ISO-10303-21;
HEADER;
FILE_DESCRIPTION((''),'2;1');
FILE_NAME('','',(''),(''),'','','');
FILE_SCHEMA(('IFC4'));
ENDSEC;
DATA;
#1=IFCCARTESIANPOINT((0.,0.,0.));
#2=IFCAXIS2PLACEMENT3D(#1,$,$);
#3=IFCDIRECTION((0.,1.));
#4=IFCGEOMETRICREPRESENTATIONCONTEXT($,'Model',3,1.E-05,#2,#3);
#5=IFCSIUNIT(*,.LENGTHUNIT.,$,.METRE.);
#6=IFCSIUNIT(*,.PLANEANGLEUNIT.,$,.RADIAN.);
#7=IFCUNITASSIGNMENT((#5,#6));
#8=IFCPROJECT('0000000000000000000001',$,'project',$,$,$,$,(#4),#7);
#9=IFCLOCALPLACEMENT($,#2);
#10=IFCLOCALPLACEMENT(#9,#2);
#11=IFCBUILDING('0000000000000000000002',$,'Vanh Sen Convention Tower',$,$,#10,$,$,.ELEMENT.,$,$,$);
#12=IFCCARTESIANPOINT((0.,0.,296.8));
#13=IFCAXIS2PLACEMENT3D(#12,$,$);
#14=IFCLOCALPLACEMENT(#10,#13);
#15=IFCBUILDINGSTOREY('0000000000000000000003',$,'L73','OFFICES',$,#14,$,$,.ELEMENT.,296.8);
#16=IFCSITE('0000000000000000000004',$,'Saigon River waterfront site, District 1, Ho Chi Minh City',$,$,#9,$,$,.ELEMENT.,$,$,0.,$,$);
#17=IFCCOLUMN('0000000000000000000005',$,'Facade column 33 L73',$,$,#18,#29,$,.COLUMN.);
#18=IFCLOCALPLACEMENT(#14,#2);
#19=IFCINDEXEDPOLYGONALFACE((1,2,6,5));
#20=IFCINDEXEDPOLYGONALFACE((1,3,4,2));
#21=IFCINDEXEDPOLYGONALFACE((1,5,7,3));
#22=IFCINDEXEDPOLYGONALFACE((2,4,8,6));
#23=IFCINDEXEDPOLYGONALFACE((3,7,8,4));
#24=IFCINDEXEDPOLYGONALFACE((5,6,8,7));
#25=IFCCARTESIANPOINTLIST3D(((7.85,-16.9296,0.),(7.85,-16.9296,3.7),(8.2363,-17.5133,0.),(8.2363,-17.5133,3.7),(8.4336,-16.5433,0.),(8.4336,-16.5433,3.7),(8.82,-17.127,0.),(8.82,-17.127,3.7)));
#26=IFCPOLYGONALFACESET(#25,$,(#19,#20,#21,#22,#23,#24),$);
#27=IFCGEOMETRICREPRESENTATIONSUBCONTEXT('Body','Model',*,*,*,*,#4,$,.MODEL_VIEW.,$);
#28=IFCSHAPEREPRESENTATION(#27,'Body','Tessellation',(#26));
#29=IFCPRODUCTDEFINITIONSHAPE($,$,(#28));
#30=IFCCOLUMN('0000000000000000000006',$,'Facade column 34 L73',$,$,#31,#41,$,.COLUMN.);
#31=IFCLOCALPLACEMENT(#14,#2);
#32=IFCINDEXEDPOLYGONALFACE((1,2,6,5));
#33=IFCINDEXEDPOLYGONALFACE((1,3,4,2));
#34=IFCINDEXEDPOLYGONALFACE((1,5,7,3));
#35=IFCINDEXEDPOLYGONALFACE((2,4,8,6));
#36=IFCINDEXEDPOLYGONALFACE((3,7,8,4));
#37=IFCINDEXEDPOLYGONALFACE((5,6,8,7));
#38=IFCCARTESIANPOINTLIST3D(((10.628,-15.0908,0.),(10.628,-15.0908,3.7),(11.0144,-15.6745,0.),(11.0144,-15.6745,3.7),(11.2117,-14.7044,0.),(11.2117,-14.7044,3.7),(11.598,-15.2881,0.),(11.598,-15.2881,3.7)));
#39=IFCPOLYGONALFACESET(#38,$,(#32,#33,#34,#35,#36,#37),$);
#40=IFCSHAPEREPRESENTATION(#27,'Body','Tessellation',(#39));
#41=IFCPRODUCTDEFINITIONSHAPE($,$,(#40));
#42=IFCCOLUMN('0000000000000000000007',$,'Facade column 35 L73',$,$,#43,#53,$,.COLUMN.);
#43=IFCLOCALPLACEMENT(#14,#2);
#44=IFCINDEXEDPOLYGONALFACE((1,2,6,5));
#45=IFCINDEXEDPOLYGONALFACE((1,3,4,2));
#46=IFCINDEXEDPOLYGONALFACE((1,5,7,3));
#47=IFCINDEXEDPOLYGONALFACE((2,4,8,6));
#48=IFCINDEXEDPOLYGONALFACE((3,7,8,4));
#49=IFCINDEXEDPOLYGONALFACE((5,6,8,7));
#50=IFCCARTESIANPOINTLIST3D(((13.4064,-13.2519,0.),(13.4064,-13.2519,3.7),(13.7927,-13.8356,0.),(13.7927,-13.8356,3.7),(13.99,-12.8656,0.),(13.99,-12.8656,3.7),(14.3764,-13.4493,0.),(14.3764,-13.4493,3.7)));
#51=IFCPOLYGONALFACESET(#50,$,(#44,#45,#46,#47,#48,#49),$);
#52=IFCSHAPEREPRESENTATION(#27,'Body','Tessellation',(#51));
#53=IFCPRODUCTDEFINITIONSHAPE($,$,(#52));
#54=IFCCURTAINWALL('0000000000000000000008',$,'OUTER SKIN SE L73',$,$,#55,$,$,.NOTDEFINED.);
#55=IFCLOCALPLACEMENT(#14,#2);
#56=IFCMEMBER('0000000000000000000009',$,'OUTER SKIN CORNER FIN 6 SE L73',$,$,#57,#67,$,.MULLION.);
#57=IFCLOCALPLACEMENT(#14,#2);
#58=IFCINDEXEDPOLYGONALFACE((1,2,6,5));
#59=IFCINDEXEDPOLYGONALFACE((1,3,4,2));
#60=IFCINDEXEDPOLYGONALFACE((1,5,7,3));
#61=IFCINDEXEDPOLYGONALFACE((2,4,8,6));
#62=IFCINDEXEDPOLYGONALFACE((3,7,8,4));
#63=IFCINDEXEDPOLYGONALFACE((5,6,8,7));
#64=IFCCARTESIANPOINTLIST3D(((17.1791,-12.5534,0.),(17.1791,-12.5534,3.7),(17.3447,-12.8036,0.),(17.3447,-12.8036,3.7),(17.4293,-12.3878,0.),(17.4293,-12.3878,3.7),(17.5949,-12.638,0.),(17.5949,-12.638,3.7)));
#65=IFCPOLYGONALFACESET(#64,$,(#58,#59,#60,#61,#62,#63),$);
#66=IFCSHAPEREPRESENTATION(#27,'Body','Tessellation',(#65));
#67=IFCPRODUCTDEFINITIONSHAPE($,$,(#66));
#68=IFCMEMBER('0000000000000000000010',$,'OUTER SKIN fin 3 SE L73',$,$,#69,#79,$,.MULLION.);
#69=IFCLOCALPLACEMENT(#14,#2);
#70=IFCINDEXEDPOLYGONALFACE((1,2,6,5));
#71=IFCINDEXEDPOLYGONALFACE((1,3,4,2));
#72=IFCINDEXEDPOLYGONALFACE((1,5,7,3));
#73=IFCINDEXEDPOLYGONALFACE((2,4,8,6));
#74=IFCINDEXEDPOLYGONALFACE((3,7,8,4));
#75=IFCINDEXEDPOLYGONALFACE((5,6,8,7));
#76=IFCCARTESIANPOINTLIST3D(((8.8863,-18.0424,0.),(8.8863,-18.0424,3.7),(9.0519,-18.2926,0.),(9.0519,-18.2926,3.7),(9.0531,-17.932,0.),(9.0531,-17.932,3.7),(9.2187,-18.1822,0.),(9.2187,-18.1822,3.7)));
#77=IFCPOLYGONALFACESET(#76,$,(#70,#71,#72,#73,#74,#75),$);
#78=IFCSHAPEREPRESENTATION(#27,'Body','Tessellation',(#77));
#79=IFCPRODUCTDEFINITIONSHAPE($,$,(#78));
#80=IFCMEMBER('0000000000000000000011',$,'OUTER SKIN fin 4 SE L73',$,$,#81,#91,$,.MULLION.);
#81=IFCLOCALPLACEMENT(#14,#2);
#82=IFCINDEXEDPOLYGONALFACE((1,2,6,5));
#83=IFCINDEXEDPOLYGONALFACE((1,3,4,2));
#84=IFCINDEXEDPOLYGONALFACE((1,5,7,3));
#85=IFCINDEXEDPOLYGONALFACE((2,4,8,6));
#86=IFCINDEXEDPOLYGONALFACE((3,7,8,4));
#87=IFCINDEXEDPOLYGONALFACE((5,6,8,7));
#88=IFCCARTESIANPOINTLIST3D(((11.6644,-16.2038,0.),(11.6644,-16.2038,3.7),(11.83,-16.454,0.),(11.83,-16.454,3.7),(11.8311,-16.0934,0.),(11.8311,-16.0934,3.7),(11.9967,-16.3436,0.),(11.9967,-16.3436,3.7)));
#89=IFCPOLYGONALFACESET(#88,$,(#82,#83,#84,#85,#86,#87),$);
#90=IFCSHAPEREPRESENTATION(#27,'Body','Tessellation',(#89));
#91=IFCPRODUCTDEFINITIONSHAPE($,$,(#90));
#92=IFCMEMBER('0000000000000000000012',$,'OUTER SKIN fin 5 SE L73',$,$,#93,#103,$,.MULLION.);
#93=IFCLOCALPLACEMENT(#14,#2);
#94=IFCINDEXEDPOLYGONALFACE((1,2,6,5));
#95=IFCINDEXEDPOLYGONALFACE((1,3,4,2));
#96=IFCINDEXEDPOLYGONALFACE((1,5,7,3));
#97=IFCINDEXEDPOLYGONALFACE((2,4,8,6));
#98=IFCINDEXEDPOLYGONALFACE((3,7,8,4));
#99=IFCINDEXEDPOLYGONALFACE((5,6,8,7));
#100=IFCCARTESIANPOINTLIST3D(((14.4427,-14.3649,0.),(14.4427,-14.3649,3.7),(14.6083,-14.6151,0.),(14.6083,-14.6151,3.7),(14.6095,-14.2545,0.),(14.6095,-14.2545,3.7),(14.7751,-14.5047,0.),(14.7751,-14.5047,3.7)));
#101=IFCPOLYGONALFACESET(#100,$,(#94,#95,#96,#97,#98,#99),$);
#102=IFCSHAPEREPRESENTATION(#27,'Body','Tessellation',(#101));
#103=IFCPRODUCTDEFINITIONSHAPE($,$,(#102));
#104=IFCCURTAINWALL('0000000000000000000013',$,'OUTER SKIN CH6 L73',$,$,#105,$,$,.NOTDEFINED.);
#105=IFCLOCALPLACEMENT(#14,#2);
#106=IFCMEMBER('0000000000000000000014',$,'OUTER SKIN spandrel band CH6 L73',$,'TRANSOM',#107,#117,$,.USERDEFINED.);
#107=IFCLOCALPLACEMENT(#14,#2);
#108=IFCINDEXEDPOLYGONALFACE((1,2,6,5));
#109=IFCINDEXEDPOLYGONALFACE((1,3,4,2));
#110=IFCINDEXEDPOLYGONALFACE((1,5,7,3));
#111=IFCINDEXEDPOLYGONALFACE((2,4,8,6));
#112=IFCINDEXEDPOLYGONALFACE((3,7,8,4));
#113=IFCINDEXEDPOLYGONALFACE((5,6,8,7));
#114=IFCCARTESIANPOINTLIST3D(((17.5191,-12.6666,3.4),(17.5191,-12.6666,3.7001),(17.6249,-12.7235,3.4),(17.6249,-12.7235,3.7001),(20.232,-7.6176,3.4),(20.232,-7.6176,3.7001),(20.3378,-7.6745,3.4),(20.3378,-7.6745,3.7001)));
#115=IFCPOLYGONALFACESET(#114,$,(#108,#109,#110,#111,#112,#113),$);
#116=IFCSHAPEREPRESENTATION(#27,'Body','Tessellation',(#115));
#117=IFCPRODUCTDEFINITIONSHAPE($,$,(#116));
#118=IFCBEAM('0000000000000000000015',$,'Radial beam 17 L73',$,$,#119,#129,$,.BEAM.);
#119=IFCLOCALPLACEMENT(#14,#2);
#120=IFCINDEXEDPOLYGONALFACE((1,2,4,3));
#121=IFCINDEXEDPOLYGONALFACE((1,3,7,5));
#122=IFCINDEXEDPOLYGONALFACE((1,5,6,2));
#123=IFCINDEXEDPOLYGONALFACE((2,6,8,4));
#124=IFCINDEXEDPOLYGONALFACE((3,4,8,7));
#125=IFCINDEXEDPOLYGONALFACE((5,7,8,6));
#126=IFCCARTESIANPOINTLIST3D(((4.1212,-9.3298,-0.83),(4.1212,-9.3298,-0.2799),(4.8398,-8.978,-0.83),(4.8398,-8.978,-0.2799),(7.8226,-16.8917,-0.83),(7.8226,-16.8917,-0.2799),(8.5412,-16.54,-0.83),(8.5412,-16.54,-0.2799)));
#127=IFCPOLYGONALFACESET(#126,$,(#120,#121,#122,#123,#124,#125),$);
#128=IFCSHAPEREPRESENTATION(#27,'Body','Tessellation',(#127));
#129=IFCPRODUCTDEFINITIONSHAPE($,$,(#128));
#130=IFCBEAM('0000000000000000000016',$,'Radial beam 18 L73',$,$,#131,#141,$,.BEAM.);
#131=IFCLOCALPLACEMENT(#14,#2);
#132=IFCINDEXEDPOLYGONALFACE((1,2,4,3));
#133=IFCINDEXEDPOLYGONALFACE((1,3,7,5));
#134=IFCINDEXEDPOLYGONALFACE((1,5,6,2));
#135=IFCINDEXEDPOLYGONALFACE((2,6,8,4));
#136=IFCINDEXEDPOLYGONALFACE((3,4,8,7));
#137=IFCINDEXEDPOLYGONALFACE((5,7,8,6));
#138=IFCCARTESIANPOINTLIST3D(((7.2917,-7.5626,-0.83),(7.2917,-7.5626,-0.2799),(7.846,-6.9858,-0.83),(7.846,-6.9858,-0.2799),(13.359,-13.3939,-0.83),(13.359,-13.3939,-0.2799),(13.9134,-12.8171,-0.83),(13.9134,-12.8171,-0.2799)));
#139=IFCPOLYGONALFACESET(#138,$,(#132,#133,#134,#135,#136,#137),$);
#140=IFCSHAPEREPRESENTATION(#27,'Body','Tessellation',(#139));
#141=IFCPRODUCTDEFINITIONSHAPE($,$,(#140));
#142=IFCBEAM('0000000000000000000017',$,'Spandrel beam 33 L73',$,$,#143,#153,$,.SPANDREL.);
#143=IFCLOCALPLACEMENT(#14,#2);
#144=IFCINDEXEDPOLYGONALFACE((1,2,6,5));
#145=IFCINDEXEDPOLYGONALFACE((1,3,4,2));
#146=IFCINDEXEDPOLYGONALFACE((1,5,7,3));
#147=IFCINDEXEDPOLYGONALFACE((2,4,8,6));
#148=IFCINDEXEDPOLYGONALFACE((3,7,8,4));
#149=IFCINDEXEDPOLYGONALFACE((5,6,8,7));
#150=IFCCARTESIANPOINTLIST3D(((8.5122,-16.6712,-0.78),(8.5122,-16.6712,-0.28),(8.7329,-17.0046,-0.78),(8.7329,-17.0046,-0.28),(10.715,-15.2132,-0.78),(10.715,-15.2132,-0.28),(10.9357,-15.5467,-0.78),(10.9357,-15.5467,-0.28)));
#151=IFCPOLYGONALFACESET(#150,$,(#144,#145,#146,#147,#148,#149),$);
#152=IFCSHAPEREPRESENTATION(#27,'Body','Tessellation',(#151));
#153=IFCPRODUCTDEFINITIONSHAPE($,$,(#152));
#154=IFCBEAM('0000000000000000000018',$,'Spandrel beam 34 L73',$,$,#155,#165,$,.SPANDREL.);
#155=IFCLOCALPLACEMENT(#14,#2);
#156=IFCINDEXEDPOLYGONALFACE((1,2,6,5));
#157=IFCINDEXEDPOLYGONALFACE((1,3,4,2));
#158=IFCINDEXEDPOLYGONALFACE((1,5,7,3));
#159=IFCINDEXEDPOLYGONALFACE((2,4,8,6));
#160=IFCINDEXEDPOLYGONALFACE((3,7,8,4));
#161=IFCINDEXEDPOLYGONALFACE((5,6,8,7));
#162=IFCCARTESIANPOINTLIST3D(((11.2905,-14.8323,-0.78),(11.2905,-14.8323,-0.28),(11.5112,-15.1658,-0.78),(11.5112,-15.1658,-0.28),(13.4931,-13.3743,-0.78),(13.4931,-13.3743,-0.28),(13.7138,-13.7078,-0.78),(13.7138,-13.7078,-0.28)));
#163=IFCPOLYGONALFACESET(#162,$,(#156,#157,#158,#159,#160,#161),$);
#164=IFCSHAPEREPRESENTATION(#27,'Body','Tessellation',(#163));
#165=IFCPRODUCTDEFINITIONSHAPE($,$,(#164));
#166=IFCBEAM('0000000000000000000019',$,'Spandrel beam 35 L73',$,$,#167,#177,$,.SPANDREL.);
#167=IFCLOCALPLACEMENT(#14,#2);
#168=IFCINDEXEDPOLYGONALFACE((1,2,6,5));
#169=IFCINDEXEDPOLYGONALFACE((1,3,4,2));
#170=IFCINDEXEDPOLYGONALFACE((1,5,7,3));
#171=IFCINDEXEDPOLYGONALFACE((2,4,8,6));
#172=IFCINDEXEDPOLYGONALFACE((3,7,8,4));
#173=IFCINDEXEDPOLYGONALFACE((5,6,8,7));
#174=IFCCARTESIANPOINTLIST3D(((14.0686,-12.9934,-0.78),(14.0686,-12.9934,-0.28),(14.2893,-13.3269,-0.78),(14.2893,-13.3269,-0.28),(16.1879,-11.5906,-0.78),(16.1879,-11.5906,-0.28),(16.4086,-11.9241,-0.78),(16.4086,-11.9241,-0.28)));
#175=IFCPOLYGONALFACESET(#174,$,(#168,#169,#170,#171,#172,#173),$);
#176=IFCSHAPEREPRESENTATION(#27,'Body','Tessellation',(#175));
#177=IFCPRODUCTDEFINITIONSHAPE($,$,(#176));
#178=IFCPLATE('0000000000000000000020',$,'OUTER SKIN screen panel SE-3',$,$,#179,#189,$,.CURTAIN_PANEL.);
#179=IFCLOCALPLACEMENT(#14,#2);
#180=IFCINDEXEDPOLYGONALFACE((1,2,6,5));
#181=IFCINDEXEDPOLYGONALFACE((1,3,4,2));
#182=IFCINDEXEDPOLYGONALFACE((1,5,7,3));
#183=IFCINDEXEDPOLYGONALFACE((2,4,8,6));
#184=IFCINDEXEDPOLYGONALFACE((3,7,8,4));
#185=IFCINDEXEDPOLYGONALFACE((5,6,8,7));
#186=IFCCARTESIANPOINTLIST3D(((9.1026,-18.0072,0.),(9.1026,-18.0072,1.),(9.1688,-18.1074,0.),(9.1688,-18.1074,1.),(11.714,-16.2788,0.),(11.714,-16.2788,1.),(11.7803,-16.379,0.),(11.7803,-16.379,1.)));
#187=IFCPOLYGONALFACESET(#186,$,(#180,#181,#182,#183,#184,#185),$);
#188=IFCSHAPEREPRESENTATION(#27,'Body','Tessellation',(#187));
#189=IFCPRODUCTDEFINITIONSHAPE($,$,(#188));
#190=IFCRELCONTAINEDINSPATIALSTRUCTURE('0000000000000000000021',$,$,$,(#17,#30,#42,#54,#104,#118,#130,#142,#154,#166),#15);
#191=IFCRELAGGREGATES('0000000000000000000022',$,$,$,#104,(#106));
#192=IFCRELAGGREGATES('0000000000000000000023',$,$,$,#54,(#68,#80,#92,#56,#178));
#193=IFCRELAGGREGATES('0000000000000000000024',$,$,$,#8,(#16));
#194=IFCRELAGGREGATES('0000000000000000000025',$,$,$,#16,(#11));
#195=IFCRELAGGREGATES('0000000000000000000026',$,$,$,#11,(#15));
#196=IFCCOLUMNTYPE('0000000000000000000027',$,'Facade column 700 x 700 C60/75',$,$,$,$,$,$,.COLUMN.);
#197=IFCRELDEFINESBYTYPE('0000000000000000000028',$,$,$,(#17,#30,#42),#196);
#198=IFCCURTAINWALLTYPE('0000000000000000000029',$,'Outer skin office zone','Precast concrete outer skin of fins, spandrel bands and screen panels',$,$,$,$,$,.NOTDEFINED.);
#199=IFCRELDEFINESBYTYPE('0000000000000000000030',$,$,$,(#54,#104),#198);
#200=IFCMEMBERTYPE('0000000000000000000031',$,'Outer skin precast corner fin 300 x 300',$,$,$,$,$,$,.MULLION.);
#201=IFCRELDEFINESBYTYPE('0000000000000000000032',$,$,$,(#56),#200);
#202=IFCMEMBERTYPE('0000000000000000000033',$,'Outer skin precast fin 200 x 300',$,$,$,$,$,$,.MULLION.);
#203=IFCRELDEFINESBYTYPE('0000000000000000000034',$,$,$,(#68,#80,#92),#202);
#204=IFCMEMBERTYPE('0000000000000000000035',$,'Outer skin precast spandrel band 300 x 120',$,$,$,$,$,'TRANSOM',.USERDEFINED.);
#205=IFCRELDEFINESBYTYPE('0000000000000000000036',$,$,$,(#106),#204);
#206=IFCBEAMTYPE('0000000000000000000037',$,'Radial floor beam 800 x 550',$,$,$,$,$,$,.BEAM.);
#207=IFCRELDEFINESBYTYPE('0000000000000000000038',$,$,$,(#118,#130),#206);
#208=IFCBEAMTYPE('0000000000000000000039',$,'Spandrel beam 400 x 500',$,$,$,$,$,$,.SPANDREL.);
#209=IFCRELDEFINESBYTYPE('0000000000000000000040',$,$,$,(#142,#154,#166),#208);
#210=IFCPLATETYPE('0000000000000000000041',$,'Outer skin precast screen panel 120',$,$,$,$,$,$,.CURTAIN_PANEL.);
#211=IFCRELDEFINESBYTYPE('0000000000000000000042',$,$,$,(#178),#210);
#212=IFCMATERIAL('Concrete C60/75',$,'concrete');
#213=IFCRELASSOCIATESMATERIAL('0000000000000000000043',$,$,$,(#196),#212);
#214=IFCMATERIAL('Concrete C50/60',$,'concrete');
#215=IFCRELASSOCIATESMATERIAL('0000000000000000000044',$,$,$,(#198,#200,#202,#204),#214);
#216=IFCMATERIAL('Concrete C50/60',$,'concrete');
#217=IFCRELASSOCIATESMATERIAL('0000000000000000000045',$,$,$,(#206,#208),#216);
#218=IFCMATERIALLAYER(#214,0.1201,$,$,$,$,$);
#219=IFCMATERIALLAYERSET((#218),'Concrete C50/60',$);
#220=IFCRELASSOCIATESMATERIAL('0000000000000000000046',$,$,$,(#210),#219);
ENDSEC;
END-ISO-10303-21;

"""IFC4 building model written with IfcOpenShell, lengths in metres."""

from ifc_helpers import new_model, si_unit, direction, frame, origin, origin_2d, place, context, subcontext, project, spatial, rectangle, extrude, material, layer, layer_set, material_profile, profile_set, type_object, element, aggregate, save


model = new_model("IFC4")

# Units and contexts
model_context = context("Model", 3, precision=1e-05, world=origin(), true_north=direction((0.0, 1.0)))
body_context = subcontext(model_context, "Body", "Model", "MODEL_VIEW")
ifc_project = project(units=[si_unit("LENGTHUNIT", "METRE"), si_unit("PLANEANGLEUNIT", "RADIAN")], contexts=[model_context])

# Site, building, storey
site_placement = place(None, origin())
site = spatial("IfcSite", under=ifc_project, at=site_placement, Name="Saigon River waterfront site, District 1, Ho Chi Minh City", CompositionType="ELEMENT", RefElevation=0.0)
building_placement = place(site_placement, origin())
building = spatial("IfcBuilding", under=site, at=building_placement, Name="Vanh Sen Convention Tower", CompositionType="ELEMENT")
storey_placement = place(building_placement, frame((0.0, 0.0, 296.8)))
storey = spatial("IfcBuildingStorey", under=building, at=storey_placement, Name="L73", Description="OFFICES", CompositionType="ELEMENT", Elevation=296.8)

# Columns
ifc_material_1 = material(Name="Concrete C60/75", Category="concrete")
ifc_material_profile_1 = material_profile(ifc_material_1, rectangle(XDim=0.7, YDim=0.7, at=origin_2d()), Name="RC 700X700")
ifc_profile_set_1 = profile_set([ifc_material_profile_1], Name="Concrete C60/75")
column_type = type_object("IfcColumnType", Name="Facade column 700 x 700 C60/75", PredefinedType="COLUMN", material=ifc_profile_set_1)
for number, where, z_axis, x_axis, name in (
    (1, (8.335, -17.0283, 0.0), (0.0, 0.0, 1.0), (0.833886, 0.551937, 0.0), "Facade column 33 L73"),
    (2, (11.113, -15.1895, 0.0), (0.0, 0.0, 1.0), (0.833886, 0.551937, 0.0), "Facade column 34 L73"),
    (3, (13.8914, -13.3506, 0.0), (0.0, 0.0, 1.0), (0.833886, 0.551937, 0.0), "Facade column 35 L73"),
):
    element("IfcColumn", number, at=place(storey_placement, frame(where, z_axis=z_axis, x_axis=x_axis)), inside=storey, type_object=column_type, Name=name, PredefinedType="COLUMN", context=body_context, shape_type="SweptSolid", body=[
        extrude(rectangle(XDim=0.7, YDim=0.7, at=origin_2d()), origin(), (0.0, 0.0, 1.0), 3.7),
    ])

# Curtain wall, members
ifc_material_2 = material(Name="Concrete C50/60", Category="concrete")
curtain_wall_type = type_object("IfcCurtainWallType", Name="Outer skin office zone", Description="Precast concrete outer skin of fins, spandrel bands and screen panels", PredefinedType="NOTDEFINED", material=ifc_material_2)
curtain_wall_1_placement = place(storey_placement, origin())
curtain_wall_1 = element("IfcCurtainWall", 4, at=curtain_wall_1_placement, inside=storey, type_object=curtain_wall_type, Name="OUTER SKIN SE L73", PredefinedType="NOTDEFINED")
ifc_material_profile_2 = material_profile(ifc_material_2, rectangle(XDim=0.3, YDim=0.3, at=origin_2d()), Name="Outer skin precast corner fin 300 x 300")
ifc_profile_set_2 = profile_set([ifc_material_profile_2], Name="Concrete C50/60")
member_type_1 = type_object("IfcMemberType", Name="Outer skin precast corner fin 300 x 300", PredefinedType="MULLION", material=ifc_profile_set_2)
member_1_placement = place(storey_placement, frame((17.387, -12.5957, 0.0), z_axis=(0.0, 0.0, 1.0), x_axis=(0.833886, 0.551937, 0.0)))
member_1 = element("IfcMember", 5, at=member_1_placement, type_object=member_type_1, Name="OUTER SKIN CORNER FIN 6 SE L73", PredefinedType="MULLION", context=body_context, shape_type="SweptSolid", body=[
    extrude(rectangle(XDim=0.3, YDim=0.3, at=origin_2d()), origin(), (0.0, 0.0, 1.0), 3.7),
])
ifc_material_profile_3 = material_profile(ifc_material_2, rectangle(XDim=0.2, YDim=0.3, at=origin_2d()), Name="Outer skin precast fin 200 x 300")
ifc_profile_set_3 = profile_set([ifc_material_profile_3], Name="Concrete C50/60")
member_type_2 = type_object("IfcMemberType", Name="Outer skin precast fin 200 x 300", PredefinedType="MULLION", material=ifc_profile_set_3)
member_2_placement = place(storey_placement, frame((9.0525, -18.1123, 0.0), z_axis=(0.0, 0.0, 1.0), x_axis=(0.833886, 0.551937, 0.0)))
member_2 = element("IfcMember", 6, at=member_2_placement, type_object=member_type_2, Name="OUTER SKIN fin 3 SE L73", PredefinedType="MULLION", context=body_context, shape_type="SweptSolid", body=[
    extrude(rectangle(XDim=0.2, YDim=0.3, at=origin_2d()), origin(), (0.0, 0.0, 1.0), 3.7),
])
member_3_placement = place(storey_placement, frame((11.8306, -16.2737, 0.0), z_axis=(0.0, 0.0, 1.0), x_axis=(0.833886, 0.551937, 0.0)))
member_3 = element("IfcMember", 7, at=member_3_placement, type_object=member_type_2, Name="OUTER SKIN fin 4 SE L73", PredefinedType="MULLION", context=body_context, shape_type="SweptSolid", body=[
    extrude(rectangle(XDim=0.2, YDim=0.3, at=origin_2d()), origin(), (0.0, 0.0, 1.0), 3.7),
])
member_4_placement = place(storey_placement, frame((14.6089, -14.4348, 0.0), z_axis=(0.0, 0.0, 1.0), x_axis=(0.833886, 0.551937, 0.0)))
member_4 = element("IfcMember", 8, at=member_4_placement, type_object=member_type_2, Name="OUTER SKIN fin 5 SE L73", PredefinedType="MULLION", context=body_context, shape_type="SweptSolid", body=[
    extrude(rectangle(XDim=0.2, YDim=0.3, at=origin_2d()), origin(), (0.0, 0.0, 1.0), 3.7),
])

# Curtain wall, member
curtain_wall_2_placement = place(storey_placement, origin())
curtain_wall_2 = element("IfcCurtainWall", 9, at=curtain_wall_2_placement, inside=storey, type_object=curtain_wall_type, Name="OUTER SKIN CH6 L73", PredefinedType="NOTDEFINED")
ifc_material_profile_4 = material_profile(ifc_material_2, rectangle(XDim=0.1201, YDim=0.3, at=origin_2d()), Name="Outer skin precast spandrel band 300 x 120")
ifc_profile_set_4 = profile_set([ifc_material_profile_4], Name="Concrete C50/60")
member_type_3 = type_object("IfcMemberType", Name="Outer skin precast spandrel band 300 x 120", ElementType="TRANSOM", PredefinedType="USERDEFINED", material=ifc_profile_set_4)
member_5_placement = place(storey_placement, frame((17.572, -12.6951, 3.55), z_axis=(0.47331, 0.880896, 0.0), x_axis=(-0.880896, 0.47331, 0.0)))
member_5 = element("IfcMember", 10, at=member_5_placement, type_object=member_type_3, Name="OUTER SKIN spandrel band CH6 L73", ObjectType="TRANSOM", PredefinedType="USERDEFINED", context=body_context, shape_type="SweptSolid", body=[
    extrude(rectangle(XDim=0.1201, YDim=0.3, at=origin_2d()), origin(), (0.0, 0.0, 1.0), 5.7317),
])
aggregate(curtain_wall_2, [member_5])

# Beams
ifc_material_3 = material(Name="Concrete C50/60", Category="concrete")
ifc_material_profile_5 = material_profile(ifc_material_3, rectangle(XDim=0.8, YDim=0.55, at=origin_2d()), Name="RC 800X550")
ifc_profile_set_5 = profile_set([ifc_material_profile_5], Name="Concrete C50/60")
beam_type_1 = type_object("IfcBeamType", Name="Radial floor beam 800 x 550", PredefinedType="BEAM", material=ifc_profile_set_5)
beam_1_placement = place(storey_placement, frame((8.1819, -16.7158, -0.5549), z_axis=(-0.439635, 0.898177, 0.0), x_axis=(-0.898177, -0.439635, 0.0)))
element("IfcBeam", 11, at=beam_1_placement, inside=storey, type_object=beam_type_1, Name="Radial beam 17 L73", PredefinedType="BEAM", context=body_context, shape_type="SweptSolid", body=[
    extrude(rectangle(XDim=0.8, YDim=0.55, at=origin_2d()), origin(), (0.0, 0.0, 1.0), 8.4192),
])
beam_2_placement = place(storey_placement, frame((13.6362, -13.1055, -0.5549), z_axis=(-0.720995, 0.692941, 0.0), x_axis=(-0.692941, -0.720995, 0.0)))
element("IfcBeam", 12, at=beam_2_placement, inside=storey, type_object=beam_type_1, Name="Radial beam 18 L73", PredefinedType="BEAM", context=body_context, shape_type="SweptSolid", body=[
    extrude(rectangle(XDim=0.8, YDim=0.55, at=origin_2d()), origin(), (0.0, 0.0, 1.0), 8.4153),
])
ifc_material_profile_6 = material_profile(ifc_material_3, rectangle(XDim=0.3999, YDim=0.5, at=origin_2d()), Name="RC 400X500")
ifc_profile_set_6 = profile_set([ifc_material_profile_6], Name="Concrete C50/60")
beam_type_2 = type_object("IfcBeamType", Name="Spandrel beam 400 x 500", PredefinedType="SPANDREL", material=ifc_profile_set_6)
beam_3_placement = place(storey_placement, frame((8.6226, -16.8379, -0.53), z_axis=(0.833894, 0.551925, 0.0), x_axis=(-0.551925, 0.833894, 0.0)))
element("IfcBeam", 13, at=beam_3_placement, inside=storey, type_object=beam_type_2, Name="Spandrel beam 33 L73", PredefinedType="SPANDREL", context=body_context, shape_type="SweptSolid", body=[
    extrude(rectangle(XDim=0.3999, YDim=0.5, at=origin_2d()), origin(), (0.0, 0.0, 1.0), 2.6416),
])
beam_4_placement = place(storey_placement, frame((11.4009, -14.999, -0.53), z_axis=(0.833866, 0.551967, 0.0), x_axis=(-0.551967, 0.833866, 0.0)))
element("IfcBeam", 14, at=beam_4_placement, inside=storey, type_object=beam_type_2, Name="Spandrel beam 34 L73", PredefinedType="SPANDREL", context=body_context, shape_type="SweptSolid", body=[
    extrude(rectangle(XDim=0.3999, YDim=0.5, at=origin_2d()), origin(), (0.0, 0.0, 1.0), 2.6414),
])
beam_5_placement = place(storey_placement, frame((14.179, -13.1602, -0.53), z_axis=(0.833878, 0.551948, 0.0), x_axis=(-0.551948, 0.833878, 0.0)))
element("IfcBeam", 15, at=beam_5_placement, inside=storey, type_object=beam_type_2, Name="Spandrel beam 35 L73", PredefinedType="SPANDREL", context=body_context, shape_type="SweptSolid", body=[
    extrude(rectangle(XDim=0.3999, YDim=0.5, at=origin_2d()), origin(), (0.0, 0.0, 1.0), 2.5415),
])

# Plate
ifc_layer_1 = layer(ifc_material_2, 0.1201)
ifc_layer_set_1 = layer_set([ifc_layer_1], Name="Concrete C50/60")
plate_type = type_object("IfcPlateType", Name="Outer skin precast screen panel 120", PredefinedType="CURTAIN_PANEL", material=ifc_layer_set_1)
plate_1_placement = place(storey_placement, frame((10.4414, -17.1931, 0.0), z_axis=(0.0, 0.0, 1.0), x_axis=(0.833893, 0.551927, 0.0)))
plate_1 = element("IfcPlate", 16, at=plate_1_placement, type_object=plate_type, Name="OUTER SKIN screen panel SE-3", PredefinedType="CURTAIN_PANEL", context=body_context, shape_type="SweptSolid", body=[
    extrude(rectangle(XDim=3.1316, YDim=0.1201, at=origin_2d()), origin(), (0.0, 0.0, 1.0), 1.0),
])
aggregate(curtain_wall_1, [member_2, member_3, member_4, member_1, plate_1])

save(model, "model.ifc")
